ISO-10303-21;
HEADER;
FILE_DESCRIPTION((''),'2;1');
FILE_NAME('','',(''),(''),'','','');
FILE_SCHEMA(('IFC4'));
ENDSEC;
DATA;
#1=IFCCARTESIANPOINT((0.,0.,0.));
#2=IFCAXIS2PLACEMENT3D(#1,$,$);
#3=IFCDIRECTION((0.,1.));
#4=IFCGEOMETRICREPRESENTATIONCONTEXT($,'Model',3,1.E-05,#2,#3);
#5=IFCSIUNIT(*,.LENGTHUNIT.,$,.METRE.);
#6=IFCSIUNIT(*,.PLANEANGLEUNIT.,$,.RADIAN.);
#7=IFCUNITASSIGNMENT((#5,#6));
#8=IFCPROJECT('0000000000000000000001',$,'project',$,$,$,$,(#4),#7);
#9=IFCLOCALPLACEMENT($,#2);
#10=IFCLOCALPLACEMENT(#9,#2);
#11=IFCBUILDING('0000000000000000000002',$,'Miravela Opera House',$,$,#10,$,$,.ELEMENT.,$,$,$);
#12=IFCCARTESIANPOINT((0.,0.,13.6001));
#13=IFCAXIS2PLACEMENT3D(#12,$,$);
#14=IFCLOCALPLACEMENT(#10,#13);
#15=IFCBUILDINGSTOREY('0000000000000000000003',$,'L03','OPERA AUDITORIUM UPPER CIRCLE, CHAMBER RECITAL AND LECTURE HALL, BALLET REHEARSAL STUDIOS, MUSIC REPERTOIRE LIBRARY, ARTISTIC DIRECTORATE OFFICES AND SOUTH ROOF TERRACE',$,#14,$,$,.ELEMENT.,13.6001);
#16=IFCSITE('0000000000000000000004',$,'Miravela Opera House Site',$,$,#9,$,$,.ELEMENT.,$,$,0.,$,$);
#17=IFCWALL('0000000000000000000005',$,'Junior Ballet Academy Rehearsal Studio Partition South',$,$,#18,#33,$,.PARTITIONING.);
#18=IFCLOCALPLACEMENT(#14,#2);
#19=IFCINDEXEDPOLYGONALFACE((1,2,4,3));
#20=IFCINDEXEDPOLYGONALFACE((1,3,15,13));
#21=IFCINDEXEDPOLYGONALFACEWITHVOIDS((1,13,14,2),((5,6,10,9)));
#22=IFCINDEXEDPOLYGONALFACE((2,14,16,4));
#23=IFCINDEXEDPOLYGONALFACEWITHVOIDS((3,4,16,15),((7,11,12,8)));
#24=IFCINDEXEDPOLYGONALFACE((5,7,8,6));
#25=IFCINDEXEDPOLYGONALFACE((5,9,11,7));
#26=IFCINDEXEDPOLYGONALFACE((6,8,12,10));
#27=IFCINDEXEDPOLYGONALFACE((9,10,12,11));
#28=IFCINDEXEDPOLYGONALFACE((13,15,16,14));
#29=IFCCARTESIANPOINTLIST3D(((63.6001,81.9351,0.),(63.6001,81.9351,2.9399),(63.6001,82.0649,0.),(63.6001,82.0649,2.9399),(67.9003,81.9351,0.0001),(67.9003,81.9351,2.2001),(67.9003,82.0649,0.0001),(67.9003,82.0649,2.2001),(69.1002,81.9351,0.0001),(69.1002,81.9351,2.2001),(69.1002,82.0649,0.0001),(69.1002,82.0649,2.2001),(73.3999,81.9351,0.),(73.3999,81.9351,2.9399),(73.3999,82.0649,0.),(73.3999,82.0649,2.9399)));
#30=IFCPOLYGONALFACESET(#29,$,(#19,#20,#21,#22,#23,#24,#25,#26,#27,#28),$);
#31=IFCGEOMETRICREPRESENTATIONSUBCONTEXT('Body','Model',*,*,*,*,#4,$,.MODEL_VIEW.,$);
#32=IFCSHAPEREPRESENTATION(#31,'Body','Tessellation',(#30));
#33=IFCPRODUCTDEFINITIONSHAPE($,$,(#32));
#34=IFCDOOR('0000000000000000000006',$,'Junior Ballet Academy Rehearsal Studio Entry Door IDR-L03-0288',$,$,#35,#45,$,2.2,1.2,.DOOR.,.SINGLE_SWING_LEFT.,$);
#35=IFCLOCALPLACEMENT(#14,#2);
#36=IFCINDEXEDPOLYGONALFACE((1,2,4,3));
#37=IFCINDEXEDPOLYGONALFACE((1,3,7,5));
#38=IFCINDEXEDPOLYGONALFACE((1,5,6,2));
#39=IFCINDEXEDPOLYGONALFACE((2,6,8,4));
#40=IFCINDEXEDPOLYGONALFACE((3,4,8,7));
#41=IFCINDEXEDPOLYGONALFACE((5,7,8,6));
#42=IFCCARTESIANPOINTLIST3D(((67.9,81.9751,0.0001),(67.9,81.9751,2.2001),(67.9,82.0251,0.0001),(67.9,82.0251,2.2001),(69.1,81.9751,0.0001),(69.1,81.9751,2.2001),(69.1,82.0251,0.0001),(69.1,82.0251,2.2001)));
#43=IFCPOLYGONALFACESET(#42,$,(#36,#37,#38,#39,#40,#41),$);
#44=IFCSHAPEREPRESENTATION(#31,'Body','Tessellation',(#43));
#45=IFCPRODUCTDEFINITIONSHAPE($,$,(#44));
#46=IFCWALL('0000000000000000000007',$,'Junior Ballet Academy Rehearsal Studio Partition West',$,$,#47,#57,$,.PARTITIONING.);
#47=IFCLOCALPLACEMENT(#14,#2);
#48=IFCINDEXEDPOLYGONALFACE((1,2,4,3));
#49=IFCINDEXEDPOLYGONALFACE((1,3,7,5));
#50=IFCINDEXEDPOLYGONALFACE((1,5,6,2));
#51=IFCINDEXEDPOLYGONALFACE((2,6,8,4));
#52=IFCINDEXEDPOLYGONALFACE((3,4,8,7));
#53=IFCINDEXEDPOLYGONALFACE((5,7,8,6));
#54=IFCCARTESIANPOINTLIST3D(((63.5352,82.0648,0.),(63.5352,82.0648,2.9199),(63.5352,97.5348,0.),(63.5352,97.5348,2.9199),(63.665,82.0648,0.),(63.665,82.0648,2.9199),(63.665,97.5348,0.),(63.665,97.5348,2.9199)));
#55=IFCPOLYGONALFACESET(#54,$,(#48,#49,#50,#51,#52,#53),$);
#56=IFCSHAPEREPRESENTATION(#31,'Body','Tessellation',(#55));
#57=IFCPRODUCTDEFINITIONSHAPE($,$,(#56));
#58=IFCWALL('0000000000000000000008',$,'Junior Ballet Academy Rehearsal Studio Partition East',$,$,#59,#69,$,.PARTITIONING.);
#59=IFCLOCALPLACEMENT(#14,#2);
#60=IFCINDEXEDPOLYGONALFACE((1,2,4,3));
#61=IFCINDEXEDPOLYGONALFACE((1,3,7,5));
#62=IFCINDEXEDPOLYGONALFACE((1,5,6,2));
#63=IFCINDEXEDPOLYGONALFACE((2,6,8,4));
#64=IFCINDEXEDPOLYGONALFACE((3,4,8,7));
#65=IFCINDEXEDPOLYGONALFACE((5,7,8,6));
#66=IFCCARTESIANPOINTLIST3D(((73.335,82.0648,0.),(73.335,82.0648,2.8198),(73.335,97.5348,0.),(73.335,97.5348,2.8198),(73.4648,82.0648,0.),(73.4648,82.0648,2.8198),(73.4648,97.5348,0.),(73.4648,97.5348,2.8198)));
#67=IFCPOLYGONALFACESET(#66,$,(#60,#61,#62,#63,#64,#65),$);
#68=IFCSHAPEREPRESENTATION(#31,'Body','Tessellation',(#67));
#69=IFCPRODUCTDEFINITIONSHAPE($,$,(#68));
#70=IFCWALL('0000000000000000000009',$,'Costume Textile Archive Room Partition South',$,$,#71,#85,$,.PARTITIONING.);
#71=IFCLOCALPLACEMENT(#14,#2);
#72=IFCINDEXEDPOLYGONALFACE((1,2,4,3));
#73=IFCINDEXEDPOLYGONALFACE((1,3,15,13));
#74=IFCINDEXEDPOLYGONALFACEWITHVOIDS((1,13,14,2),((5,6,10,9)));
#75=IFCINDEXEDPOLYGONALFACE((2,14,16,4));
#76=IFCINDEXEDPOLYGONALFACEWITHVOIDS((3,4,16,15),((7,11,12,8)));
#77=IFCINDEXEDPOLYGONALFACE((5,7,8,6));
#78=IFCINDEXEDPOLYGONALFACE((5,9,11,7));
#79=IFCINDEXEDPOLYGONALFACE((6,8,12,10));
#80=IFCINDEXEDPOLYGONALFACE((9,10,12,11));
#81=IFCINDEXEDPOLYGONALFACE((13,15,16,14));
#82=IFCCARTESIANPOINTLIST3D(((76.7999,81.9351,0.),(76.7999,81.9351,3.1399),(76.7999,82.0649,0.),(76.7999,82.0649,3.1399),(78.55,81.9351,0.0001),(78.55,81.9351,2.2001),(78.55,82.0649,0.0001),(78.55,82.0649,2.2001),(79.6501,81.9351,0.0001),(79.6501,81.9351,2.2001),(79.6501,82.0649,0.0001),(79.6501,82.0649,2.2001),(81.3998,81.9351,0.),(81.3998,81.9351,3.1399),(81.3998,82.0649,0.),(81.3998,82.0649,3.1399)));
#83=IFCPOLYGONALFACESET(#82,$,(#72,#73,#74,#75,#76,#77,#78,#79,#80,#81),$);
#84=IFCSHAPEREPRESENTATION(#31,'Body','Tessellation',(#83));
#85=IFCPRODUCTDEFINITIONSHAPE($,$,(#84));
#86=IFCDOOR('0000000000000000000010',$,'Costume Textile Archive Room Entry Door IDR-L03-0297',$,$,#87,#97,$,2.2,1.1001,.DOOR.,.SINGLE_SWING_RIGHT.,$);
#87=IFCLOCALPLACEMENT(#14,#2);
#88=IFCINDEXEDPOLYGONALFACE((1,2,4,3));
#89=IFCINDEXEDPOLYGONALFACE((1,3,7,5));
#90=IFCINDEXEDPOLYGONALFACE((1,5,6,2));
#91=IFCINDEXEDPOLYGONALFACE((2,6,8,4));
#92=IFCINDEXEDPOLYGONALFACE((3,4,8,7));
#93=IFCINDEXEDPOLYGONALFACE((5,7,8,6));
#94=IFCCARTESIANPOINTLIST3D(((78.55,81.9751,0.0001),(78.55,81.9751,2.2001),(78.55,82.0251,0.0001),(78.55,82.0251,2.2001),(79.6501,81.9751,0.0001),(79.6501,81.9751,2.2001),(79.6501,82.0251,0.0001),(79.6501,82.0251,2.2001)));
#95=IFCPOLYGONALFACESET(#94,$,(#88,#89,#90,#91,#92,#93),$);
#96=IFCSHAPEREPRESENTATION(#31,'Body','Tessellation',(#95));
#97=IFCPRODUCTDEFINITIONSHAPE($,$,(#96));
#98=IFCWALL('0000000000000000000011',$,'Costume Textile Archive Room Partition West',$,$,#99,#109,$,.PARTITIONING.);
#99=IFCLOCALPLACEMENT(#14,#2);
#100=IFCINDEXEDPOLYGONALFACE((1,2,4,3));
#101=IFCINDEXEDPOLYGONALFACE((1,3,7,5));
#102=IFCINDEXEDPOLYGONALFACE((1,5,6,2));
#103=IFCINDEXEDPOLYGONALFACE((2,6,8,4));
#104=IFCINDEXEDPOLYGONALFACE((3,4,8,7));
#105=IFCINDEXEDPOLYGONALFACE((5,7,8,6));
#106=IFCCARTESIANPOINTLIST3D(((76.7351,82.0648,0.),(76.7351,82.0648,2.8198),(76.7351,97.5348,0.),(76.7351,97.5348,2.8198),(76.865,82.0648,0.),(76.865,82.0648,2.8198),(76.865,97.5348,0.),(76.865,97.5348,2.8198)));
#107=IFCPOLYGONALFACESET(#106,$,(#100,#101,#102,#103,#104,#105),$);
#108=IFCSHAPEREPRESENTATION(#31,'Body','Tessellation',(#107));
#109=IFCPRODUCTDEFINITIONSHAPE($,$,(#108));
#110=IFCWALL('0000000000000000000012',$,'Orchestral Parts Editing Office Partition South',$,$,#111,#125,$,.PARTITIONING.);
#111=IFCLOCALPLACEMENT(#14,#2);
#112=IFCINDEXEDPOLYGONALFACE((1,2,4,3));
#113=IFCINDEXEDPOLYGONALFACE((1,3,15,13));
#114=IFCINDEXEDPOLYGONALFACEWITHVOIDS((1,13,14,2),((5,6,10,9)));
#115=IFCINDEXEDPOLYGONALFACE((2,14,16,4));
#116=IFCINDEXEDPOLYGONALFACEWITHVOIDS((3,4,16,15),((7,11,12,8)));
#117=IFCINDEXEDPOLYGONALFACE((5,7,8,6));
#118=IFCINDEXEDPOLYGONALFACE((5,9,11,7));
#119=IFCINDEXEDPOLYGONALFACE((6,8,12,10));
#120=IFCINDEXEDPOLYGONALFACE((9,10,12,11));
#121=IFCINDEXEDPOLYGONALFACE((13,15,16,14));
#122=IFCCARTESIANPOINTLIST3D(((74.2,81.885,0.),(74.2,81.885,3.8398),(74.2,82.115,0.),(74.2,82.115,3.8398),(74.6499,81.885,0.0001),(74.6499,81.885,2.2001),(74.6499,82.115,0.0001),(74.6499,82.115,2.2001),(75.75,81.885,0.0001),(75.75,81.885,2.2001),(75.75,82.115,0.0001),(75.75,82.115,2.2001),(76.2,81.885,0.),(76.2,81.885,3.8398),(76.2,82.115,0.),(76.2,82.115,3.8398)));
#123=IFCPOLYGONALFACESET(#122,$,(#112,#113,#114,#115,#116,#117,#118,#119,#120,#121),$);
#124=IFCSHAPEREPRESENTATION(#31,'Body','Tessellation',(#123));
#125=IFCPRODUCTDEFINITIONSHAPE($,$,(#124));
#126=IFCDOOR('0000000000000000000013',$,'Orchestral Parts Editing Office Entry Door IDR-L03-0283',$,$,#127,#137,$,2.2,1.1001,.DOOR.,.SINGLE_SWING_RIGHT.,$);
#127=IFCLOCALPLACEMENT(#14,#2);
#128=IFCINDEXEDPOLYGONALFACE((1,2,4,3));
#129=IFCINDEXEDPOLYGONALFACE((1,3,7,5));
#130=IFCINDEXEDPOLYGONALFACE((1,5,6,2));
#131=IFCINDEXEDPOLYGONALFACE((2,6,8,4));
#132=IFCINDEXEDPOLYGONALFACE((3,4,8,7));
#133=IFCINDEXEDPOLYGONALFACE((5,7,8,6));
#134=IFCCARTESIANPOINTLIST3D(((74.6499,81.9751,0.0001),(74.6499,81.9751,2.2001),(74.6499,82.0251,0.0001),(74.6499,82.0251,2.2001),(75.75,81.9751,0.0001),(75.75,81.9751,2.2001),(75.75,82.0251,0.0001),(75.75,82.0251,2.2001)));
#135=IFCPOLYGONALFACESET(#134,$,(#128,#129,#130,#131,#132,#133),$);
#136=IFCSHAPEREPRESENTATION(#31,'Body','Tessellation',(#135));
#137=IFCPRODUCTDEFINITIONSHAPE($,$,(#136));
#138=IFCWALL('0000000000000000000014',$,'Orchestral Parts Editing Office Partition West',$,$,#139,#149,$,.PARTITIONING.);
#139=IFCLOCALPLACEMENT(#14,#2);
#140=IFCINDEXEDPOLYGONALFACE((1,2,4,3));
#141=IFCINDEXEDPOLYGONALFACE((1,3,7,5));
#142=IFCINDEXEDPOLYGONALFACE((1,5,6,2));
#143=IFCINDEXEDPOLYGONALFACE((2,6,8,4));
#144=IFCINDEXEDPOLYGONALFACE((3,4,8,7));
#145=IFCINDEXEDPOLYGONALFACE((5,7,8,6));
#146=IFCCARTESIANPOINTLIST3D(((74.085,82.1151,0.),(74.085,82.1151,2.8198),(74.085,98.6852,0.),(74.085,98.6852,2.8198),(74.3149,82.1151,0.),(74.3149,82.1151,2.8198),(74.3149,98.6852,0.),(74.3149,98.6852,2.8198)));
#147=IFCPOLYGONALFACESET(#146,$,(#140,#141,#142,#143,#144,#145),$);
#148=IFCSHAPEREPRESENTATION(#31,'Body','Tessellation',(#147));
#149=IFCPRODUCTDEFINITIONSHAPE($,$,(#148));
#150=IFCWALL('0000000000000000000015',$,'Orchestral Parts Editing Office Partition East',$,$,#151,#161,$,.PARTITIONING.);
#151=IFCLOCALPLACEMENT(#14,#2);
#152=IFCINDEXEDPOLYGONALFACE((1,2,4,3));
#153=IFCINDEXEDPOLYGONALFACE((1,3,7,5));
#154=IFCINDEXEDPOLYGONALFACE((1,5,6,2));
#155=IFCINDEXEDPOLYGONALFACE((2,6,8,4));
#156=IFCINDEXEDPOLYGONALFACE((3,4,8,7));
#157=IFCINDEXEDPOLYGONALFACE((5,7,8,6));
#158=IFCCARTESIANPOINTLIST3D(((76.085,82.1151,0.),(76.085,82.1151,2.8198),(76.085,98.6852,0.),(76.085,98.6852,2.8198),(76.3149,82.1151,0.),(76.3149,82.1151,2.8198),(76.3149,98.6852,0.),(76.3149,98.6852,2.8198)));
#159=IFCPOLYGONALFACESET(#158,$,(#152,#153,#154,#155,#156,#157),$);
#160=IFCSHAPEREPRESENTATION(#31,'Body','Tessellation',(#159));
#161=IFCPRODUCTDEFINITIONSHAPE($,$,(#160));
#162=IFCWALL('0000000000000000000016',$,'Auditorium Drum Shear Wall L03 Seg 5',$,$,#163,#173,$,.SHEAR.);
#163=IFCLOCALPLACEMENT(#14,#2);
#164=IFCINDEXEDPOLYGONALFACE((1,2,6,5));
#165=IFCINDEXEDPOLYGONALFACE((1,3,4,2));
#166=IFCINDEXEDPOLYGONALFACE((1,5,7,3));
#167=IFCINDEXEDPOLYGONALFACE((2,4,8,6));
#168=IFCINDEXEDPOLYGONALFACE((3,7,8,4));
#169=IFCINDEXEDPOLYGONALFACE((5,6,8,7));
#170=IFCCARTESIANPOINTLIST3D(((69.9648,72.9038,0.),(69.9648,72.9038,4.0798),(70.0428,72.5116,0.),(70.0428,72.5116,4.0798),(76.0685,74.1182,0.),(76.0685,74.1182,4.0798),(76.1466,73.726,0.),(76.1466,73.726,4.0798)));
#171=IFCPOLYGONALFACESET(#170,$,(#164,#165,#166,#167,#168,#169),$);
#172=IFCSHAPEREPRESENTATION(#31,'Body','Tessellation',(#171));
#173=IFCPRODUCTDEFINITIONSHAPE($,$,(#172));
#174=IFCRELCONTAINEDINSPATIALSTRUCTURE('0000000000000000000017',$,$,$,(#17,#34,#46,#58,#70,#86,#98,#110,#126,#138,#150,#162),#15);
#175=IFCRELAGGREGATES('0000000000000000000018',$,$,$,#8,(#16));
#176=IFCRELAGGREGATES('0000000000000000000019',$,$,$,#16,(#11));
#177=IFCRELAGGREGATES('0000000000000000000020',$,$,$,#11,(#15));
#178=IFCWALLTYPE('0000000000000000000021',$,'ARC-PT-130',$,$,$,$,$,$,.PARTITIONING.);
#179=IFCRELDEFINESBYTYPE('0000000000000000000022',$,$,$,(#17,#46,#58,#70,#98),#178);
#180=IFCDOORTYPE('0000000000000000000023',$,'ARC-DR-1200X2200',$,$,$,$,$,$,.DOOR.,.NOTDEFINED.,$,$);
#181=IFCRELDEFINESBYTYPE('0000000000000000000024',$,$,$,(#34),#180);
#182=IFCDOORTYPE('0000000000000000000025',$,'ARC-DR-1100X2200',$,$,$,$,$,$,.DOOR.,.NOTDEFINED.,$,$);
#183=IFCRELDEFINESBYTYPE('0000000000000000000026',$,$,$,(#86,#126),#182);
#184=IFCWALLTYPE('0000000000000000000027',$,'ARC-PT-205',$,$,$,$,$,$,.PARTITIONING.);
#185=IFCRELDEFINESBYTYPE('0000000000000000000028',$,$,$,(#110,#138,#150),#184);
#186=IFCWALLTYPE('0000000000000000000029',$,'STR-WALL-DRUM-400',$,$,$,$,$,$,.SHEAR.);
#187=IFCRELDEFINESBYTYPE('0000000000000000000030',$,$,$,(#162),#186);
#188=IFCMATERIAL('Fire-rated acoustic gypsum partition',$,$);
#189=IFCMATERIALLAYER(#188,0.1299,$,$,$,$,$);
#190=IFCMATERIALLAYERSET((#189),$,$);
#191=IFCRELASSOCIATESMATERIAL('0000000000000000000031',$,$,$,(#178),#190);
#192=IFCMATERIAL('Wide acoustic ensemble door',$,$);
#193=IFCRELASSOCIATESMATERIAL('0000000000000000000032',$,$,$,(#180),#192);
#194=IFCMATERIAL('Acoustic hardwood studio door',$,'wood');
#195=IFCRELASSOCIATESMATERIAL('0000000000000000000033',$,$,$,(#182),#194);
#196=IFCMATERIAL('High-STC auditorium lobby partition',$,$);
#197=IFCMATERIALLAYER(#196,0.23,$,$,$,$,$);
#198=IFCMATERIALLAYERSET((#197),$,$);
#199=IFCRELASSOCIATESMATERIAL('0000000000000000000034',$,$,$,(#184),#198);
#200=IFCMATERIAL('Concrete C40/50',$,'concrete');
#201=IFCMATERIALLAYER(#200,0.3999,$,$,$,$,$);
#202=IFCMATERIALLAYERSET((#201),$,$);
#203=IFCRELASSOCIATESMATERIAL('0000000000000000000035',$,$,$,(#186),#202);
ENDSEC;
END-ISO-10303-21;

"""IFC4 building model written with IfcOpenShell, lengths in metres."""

from ifc_helpers import new_model, si_unit, direction, frame, frame_2d, origin, place, context, subcontext, project, spatial, rectangle, extrude, material, layer, layer_set, type_object, element, fill, save


model = new_model("IFC4")

# Units and contexts
model_context = context("Model", 3, precision=1e-05, world=origin(), true_north=direction((0.0, 1.0)))
body_context = subcontext(model_context, "Body", "Model", "MODEL_VIEW")
ifc_project = project(units=[si_unit("LENGTHUNIT", "METRE"), si_unit("PLANEANGLEUNIT", "RADIAN")], contexts=[model_context])

# Site, building, storey
site_placement = place(None, origin())
site = spatial("IfcSite", under=ifc_project, at=site_placement, Name="Miravela Opera House Site", CompositionType="ELEMENT", RefElevation=0.0)
building_placement = place(site_placement, origin())
building = spatial("IfcBuilding", under=site, at=building_placement, Name="Miravela Opera House", CompositionType="ELEMENT")
storey_placement = place(building_placement, frame((0.0, 0.0, 13.6001)))
storey = spatial("IfcBuildingStorey", under=building, at=storey_placement, Name="L03", Description="OPERA AUDITORIUM UPPER CIRCLE, CHAMBER RECITAL AND LECTURE HALL, BALLET REHEARSAL STUDIOS, MUSIC REPERTOIRE LIBRARY, ARTISTIC DIRECTORATE OFFICES AND SOUTH ROOF TERRACE", CompositionType="ELEMENT", Elevation=13.6001)

# Shared definitions
ifc_material_1 = material(Name="Concrete C40/50", Category="concrete")

# Wall, opening, door
ifc_material_2 = material(Name="Fire-rated acoustic gypsum partition")
ifc_layer_1 = layer(ifc_material_2, 0.1299)
ifc_layer_set_1 = layer_set([ifc_layer_1])
wall_type_1 = type_object("IfcWallType", Name="ARC-PT-130", PredefinedType="PARTITIONING", material=ifc_layer_set_1)
wall_1_placement = place(storey_placement, frame((63.6001, 82.0, 0.0), z_axis=(0.0, 0.0, 1.0), x_axis=(1.0, 0.0, 0.0)))
wall_1 = element("IfcWall", 1, at=wall_1_placement, inside=storey, type_object=wall_type_1, Name="Junior Ballet Academy Rehearsal Studio Partition South", PredefinedType="PARTITIONING", context=body_context, shape_type="SweptSolid", body=[
    extrude(rectangle(XDim=9.7998, YDim=0.1299, at=frame_2d((4.8999, 0.0))), origin(), (0.0, 0.0, 1.0), 2.9399),
])
opening_1_placement = place(wall_1_placement, frame((4.3, 0.0, 0.0)))
opening_1 = element("IfcOpeningElement", 2, at=opening_1_placement, cuts=wall_1, PredefinedType="OPENING", context=body_context, shape_type="SweptSolid", body=[
    extrude(rectangle(XDim=1.2, YDim=2.2, at=frame_2d((0.6001, 1.1001))), frame((0.0, 0.075, 0.0), z_axis=(0.0, -1.0, 0.0), x_axis=(1.0, 0.0, 0.0)), (0.0, 0.0, 1.0), 0.1499),
])
ifc_material_3 = material(Name="Wide acoustic ensemble door")
door_type_1 = type_object("IfcDoorType", Name="ARC-DR-1200X2200", OperationType="NOTDEFINED", PredefinedType="DOOR", material=ifc_material_3)
door_1_placement = place(opening_1_placement, frame((1.2, 0.0, 0.0), z_axis=(0.0, 0.0, 1.0), x_axis=(-1.0, 0.0, 0.0)))
door_1 = element("IfcDoor", 3, at=door_1_placement, inside=storey, type_object=door_type_1, Name="Junior Ballet Academy Rehearsal Studio Entry Door IDR-L03-0288", OperationType="SINGLE_SWING_LEFT", OverallHeight=2.2, OverallWidth=1.2, PredefinedType="DOOR", context=body_context, shape_type="SweptSolid", body=[
    extrude(rectangle(XDim=1.2, YDim=2.2, at=frame_2d((0.6001, 1.1001))), frame((0.0, 0.0249, 0.0), z_axis=(0.0, -1.0, 0.0), x_axis=(1.0, 0.0, 0.0)), (0.0, 0.0, 1.0), 0.05),
])
fill(opening_1, door_1)

# Walls
wall_2_placement = place(storey_placement, frame((63.6001, 82.0649, 0.0), z_axis=(0.0, 0.0, 1.0), x_axis=(0.0, 1.0, 0.0)))
element("IfcWall", 4, at=wall_2_placement, inside=storey, type_object=wall_type_1, Name="Junior Ballet Academy Rehearsal Studio Partition West", PredefinedType="PARTITIONING", context=body_context, shape_type="SweptSolid", body=[
    extrude(rectangle(XDim=15.47, YDim=0.1299, at=frame_2d((7.7349, 0.0))), origin(), (0.0, 0.0, 1.0), 2.9199),
])
wall_3_placement = place(storey_placement, frame((73.3999, 82.0649, 0.0), z_axis=(0.0, 0.0, 1.0), x_axis=(0.0, 1.0, 0.0)))
element("IfcWall", 5, at=wall_3_placement, inside=storey, type_object=wall_type_1, Name="Junior Ballet Academy Rehearsal Studio Partition East", PredefinedType="PARTITIONING", context=body_context, shape_type="SweptSolid", body=[
    extrude(rectangle(XDim=15.47, YDim=0.1299, at=frame_2d((7.7349, 0.0))), origin(), (0.0, 0.0, 1.0), 2.8198),
])

# Wall, opening, door
wall_4_placement = place(storey_placement, frame((76.8, 82.0, 0.0), z_axis=(0.0, 0.0, 1.0), x_axis=(1.0, 0.0, 0.0)))
wall_4 = element("IfcWall", 6, at=wall_4_placement, inside=storey, type_object=wall_type_1, Name="Costume Textile Archive Room Partition South", PredefinedType="PARTITIONING", context=body_context, shape_type="SweptSolid", body=[
    extrude(rectangle(XDim=4.5999, YDim=0.1299, at=frame_2d((2.2998, 0.0))), origin(), (0.0, 0.0, 1.0), 3.1399),
])
opening_2_placement = place(wall_4_placement, frame((1.75, 0.0, 0.0)))
opening_2 = element("IfcOpeningElement", 7, at=opening_2_placement, cuts=wall_4, PredefinedType="OPENING", context=body_context, shape_type="SweptSolid", body=[
    extrude(rectangle(XDim=1.1001, YDim=2.2, at=frame_2d((0.55, 1.1001))), frame((0.0, 0.075, 0.0), z_axis=(0.0, -1.0, 0.0), x_axis=(1.0, 0.0, 0.0)), (0.0, 0.0, 1.0), 0.1499),
])
ifc_material_4 = material(Name="Acoustic hardwood studio door", Category="wood")
door_type_2 = type_object("IfcDoorType", Name="ARC-DR-1100X2200", OperationType="NOTDEFINED", PredefinedType="DOOR", material=ifc_material_4)
door_2_placement = place(opening_2_placement, frame((1.1001, 0.0, 0.0), z_axis=(0.0, 0.0, 1.0), x_axis=(-1.0, 0.0, 0.0)))
door_2 = element("IfcDoor", 8, at=door_2_placement, inside=storey, type_object=door_type_2, Name="Costume Textile Archive Room Entry Door IDR-L03-0297", OperationType="SINGLE_SWING_RIGHT", OverallHeight=2.2, OverallWidth=1.1001, PredefinedType="DOOR", context=body_context, shape_type="SweptSolid", body=[
    extrude(rectangle(XDim=1.1001, YDim=2.2, at=frame_2d((0.55, 1.1001))), frame((0.0, 0.0249, 0.0), z_axis=(0.0, -1.0, 0.0), x_axis=(1.0, 0.0, 0.0)), (0.0, 0.0, 1.0), 0.05),
])
fill(opening_2, door_2)

# Wall
wall_5_placement = place(storey_placement, frame((76.8, 82.0649, 0.0), z_axis=(0.0, 0.0, 1.0), x_axis=(0.0, 1.0, 0.0)))
element("IfcWall", 9, at=wall_5_placement, inside=storey, type_object=wall_type_1, Name="Costume Textile Archive Room Partition West", PredefinedType="PARTITIONING", context=body_context, shape_type="SweptSolid", body=[
    extrude(rectangle(XDim=15.47, YDim=0.1299, at=frame_2d((7.7349, 0.0))), origin(), (0.0, 0.0, 1.0), 2.8198),
])

# Wall, opening, door
ifc_material_5 = material(Name="High-STC auditorium lobby partition")
ifc_layer_2 = layer(ifc_material_5, 0.23)
ifc_layer_set_2 = layer_set([ifc_layer_2])
wall_type_2 = type_object("IfcWallType", Name="ARC-PT-205", PredefinedType="PARTITIONING", material=ifc_layer_set_2)
wall_6_placement = place(storey_placement, frame((74.2, 82.0, 0.0), z_axis=(0.0, 0.0, 1.0), x_axis=(1.0, 0.0, 0.0)))
wall_6 = element("IfcWall", 10, at=wall_6_placement, inside=storey, type_object=wall_type_2, Name="Orchestral Parts Editing Office Partition South", PredefinedType="PARTITIONING", context=body_context, shape_type="SweptSolid", body=[
    extrude(rectangle(XDim=2.0, YDim=0.23, at=frame_2d((1.0, 0.0))), origin(), (0.0, 0.0, 1.0), 3.8398),
])
opening_3_placement = place(wall_6_placement, frame((0.45, 0.0, 0.0)))
opening_3 = element("IfcOpeningElement", 11, at=opening_3_placement, cuts=wall_6, PredefinedType="OPENING", context=body_context, shape_type="SweptSolid", body=[
    extrude(rectangle(XDim=1.1001, YDim=2.2, at=frame_2d((0.55, 1.1001))), frame((0.0, 0.125, 0.0), z_axis=(0.0, -1.0, 0.0), x_axis=(1.0, 0.0, 0.0)), (0.0, 0.0, 1.0), 0.25),
])
door_3_placement = place(opening_3_placement, frame((1.1001, 0.0, 0.0), z_axis=(0.0, 0.0, 1.0), x_axis=(-1.0, 0.0, 0.0)))
door_3 = element("IfcDoor", 12, at=door_3_placement, inside=storey, type_object=door_type_2, Name="Orchestral Parts Editing Office Entry Door IDR-L03-0283", OperationType="SINGLE_SWING_RIGHT", OverallHeight=2.2, OverallWidth=1.1001, PredefinedType="DOOR", context=body_context, shape_type="SweptSolid", body=[
    extrude(rectangle(XDim=1.1001, YDim=2.2, at=frame_2d((0.55, 1.1001))), frame((0.0, 0.0249, 0.0), z_axis=(0.0, -1.0, 0.0), x_axis=(1.0, 0.0, 0.0)), (0.0, 0.0, 1.0), 0.05),
])
fill(opening_3, door_3)

# Walls
for number, where, z_axis, x_axis, name in (
    (13, (74.2, 82.115, 0.0), (0.0, 0.0, 1.0), (0.0, 1.0, 0.0), "Orchestral Parts Editing Office Partition West"),
    (14, (76.2, 82.115, 0.0), (0.0, 0.0, 1.0), (0.0, 1.0, 0.0), "Orchestral Parts Editing Office Partition East"),
):
    element("IfcWall", number, at=place(storey_placement, frame(where, z_axis=z_axis, x_axis=x_axis)), inside=storey, type_object=wall_type_2, Name=name, PredefinedType="PARTITIONING", context=body_context, shape_type="SweptSolid", body=[
        extrude(rectangle(XDim=16.5701, YDim=0.23, at=frame_2d((8.2852, 0.0))), origin(), (0.0, 0.0, 1.0), 2.8198),
    ])
ifc_layer_3 = layer(ifc_material_1, 0.3999)
ifc_layer_set_3 = layer_set([ifc_layer_3])
wall_type_3 = type_object("IfcWallType", Name="STR-WALL-DRUM-400", PredefinedType="SHEAR", material=ifc_layer_set_3)
wall_7_placement = place(storey_placement, frame((76.1077, 73.9221, 0.0), z_axis=(0.0, 0.0, 1.0), x_axis=(-0.980778, -0.195128, 0.0)))
element("IfcWall", 15, at=wall_7_placement, inside=storey, type_object=wall_type_3, Name="Auditorium Drum Shear Wall L03 Seg 5", PredefinedType="SHEAR", context=body_context, shape_type="SweptSolid", body=[
    extrude(rectangle(XDim=6.2234, YDim=0.3999, at=frame_2d((3.1118, 0.0))), origin(), (0.0, 0.0, 1.0), 4.0798),
])

save(model, "model.ifc")
